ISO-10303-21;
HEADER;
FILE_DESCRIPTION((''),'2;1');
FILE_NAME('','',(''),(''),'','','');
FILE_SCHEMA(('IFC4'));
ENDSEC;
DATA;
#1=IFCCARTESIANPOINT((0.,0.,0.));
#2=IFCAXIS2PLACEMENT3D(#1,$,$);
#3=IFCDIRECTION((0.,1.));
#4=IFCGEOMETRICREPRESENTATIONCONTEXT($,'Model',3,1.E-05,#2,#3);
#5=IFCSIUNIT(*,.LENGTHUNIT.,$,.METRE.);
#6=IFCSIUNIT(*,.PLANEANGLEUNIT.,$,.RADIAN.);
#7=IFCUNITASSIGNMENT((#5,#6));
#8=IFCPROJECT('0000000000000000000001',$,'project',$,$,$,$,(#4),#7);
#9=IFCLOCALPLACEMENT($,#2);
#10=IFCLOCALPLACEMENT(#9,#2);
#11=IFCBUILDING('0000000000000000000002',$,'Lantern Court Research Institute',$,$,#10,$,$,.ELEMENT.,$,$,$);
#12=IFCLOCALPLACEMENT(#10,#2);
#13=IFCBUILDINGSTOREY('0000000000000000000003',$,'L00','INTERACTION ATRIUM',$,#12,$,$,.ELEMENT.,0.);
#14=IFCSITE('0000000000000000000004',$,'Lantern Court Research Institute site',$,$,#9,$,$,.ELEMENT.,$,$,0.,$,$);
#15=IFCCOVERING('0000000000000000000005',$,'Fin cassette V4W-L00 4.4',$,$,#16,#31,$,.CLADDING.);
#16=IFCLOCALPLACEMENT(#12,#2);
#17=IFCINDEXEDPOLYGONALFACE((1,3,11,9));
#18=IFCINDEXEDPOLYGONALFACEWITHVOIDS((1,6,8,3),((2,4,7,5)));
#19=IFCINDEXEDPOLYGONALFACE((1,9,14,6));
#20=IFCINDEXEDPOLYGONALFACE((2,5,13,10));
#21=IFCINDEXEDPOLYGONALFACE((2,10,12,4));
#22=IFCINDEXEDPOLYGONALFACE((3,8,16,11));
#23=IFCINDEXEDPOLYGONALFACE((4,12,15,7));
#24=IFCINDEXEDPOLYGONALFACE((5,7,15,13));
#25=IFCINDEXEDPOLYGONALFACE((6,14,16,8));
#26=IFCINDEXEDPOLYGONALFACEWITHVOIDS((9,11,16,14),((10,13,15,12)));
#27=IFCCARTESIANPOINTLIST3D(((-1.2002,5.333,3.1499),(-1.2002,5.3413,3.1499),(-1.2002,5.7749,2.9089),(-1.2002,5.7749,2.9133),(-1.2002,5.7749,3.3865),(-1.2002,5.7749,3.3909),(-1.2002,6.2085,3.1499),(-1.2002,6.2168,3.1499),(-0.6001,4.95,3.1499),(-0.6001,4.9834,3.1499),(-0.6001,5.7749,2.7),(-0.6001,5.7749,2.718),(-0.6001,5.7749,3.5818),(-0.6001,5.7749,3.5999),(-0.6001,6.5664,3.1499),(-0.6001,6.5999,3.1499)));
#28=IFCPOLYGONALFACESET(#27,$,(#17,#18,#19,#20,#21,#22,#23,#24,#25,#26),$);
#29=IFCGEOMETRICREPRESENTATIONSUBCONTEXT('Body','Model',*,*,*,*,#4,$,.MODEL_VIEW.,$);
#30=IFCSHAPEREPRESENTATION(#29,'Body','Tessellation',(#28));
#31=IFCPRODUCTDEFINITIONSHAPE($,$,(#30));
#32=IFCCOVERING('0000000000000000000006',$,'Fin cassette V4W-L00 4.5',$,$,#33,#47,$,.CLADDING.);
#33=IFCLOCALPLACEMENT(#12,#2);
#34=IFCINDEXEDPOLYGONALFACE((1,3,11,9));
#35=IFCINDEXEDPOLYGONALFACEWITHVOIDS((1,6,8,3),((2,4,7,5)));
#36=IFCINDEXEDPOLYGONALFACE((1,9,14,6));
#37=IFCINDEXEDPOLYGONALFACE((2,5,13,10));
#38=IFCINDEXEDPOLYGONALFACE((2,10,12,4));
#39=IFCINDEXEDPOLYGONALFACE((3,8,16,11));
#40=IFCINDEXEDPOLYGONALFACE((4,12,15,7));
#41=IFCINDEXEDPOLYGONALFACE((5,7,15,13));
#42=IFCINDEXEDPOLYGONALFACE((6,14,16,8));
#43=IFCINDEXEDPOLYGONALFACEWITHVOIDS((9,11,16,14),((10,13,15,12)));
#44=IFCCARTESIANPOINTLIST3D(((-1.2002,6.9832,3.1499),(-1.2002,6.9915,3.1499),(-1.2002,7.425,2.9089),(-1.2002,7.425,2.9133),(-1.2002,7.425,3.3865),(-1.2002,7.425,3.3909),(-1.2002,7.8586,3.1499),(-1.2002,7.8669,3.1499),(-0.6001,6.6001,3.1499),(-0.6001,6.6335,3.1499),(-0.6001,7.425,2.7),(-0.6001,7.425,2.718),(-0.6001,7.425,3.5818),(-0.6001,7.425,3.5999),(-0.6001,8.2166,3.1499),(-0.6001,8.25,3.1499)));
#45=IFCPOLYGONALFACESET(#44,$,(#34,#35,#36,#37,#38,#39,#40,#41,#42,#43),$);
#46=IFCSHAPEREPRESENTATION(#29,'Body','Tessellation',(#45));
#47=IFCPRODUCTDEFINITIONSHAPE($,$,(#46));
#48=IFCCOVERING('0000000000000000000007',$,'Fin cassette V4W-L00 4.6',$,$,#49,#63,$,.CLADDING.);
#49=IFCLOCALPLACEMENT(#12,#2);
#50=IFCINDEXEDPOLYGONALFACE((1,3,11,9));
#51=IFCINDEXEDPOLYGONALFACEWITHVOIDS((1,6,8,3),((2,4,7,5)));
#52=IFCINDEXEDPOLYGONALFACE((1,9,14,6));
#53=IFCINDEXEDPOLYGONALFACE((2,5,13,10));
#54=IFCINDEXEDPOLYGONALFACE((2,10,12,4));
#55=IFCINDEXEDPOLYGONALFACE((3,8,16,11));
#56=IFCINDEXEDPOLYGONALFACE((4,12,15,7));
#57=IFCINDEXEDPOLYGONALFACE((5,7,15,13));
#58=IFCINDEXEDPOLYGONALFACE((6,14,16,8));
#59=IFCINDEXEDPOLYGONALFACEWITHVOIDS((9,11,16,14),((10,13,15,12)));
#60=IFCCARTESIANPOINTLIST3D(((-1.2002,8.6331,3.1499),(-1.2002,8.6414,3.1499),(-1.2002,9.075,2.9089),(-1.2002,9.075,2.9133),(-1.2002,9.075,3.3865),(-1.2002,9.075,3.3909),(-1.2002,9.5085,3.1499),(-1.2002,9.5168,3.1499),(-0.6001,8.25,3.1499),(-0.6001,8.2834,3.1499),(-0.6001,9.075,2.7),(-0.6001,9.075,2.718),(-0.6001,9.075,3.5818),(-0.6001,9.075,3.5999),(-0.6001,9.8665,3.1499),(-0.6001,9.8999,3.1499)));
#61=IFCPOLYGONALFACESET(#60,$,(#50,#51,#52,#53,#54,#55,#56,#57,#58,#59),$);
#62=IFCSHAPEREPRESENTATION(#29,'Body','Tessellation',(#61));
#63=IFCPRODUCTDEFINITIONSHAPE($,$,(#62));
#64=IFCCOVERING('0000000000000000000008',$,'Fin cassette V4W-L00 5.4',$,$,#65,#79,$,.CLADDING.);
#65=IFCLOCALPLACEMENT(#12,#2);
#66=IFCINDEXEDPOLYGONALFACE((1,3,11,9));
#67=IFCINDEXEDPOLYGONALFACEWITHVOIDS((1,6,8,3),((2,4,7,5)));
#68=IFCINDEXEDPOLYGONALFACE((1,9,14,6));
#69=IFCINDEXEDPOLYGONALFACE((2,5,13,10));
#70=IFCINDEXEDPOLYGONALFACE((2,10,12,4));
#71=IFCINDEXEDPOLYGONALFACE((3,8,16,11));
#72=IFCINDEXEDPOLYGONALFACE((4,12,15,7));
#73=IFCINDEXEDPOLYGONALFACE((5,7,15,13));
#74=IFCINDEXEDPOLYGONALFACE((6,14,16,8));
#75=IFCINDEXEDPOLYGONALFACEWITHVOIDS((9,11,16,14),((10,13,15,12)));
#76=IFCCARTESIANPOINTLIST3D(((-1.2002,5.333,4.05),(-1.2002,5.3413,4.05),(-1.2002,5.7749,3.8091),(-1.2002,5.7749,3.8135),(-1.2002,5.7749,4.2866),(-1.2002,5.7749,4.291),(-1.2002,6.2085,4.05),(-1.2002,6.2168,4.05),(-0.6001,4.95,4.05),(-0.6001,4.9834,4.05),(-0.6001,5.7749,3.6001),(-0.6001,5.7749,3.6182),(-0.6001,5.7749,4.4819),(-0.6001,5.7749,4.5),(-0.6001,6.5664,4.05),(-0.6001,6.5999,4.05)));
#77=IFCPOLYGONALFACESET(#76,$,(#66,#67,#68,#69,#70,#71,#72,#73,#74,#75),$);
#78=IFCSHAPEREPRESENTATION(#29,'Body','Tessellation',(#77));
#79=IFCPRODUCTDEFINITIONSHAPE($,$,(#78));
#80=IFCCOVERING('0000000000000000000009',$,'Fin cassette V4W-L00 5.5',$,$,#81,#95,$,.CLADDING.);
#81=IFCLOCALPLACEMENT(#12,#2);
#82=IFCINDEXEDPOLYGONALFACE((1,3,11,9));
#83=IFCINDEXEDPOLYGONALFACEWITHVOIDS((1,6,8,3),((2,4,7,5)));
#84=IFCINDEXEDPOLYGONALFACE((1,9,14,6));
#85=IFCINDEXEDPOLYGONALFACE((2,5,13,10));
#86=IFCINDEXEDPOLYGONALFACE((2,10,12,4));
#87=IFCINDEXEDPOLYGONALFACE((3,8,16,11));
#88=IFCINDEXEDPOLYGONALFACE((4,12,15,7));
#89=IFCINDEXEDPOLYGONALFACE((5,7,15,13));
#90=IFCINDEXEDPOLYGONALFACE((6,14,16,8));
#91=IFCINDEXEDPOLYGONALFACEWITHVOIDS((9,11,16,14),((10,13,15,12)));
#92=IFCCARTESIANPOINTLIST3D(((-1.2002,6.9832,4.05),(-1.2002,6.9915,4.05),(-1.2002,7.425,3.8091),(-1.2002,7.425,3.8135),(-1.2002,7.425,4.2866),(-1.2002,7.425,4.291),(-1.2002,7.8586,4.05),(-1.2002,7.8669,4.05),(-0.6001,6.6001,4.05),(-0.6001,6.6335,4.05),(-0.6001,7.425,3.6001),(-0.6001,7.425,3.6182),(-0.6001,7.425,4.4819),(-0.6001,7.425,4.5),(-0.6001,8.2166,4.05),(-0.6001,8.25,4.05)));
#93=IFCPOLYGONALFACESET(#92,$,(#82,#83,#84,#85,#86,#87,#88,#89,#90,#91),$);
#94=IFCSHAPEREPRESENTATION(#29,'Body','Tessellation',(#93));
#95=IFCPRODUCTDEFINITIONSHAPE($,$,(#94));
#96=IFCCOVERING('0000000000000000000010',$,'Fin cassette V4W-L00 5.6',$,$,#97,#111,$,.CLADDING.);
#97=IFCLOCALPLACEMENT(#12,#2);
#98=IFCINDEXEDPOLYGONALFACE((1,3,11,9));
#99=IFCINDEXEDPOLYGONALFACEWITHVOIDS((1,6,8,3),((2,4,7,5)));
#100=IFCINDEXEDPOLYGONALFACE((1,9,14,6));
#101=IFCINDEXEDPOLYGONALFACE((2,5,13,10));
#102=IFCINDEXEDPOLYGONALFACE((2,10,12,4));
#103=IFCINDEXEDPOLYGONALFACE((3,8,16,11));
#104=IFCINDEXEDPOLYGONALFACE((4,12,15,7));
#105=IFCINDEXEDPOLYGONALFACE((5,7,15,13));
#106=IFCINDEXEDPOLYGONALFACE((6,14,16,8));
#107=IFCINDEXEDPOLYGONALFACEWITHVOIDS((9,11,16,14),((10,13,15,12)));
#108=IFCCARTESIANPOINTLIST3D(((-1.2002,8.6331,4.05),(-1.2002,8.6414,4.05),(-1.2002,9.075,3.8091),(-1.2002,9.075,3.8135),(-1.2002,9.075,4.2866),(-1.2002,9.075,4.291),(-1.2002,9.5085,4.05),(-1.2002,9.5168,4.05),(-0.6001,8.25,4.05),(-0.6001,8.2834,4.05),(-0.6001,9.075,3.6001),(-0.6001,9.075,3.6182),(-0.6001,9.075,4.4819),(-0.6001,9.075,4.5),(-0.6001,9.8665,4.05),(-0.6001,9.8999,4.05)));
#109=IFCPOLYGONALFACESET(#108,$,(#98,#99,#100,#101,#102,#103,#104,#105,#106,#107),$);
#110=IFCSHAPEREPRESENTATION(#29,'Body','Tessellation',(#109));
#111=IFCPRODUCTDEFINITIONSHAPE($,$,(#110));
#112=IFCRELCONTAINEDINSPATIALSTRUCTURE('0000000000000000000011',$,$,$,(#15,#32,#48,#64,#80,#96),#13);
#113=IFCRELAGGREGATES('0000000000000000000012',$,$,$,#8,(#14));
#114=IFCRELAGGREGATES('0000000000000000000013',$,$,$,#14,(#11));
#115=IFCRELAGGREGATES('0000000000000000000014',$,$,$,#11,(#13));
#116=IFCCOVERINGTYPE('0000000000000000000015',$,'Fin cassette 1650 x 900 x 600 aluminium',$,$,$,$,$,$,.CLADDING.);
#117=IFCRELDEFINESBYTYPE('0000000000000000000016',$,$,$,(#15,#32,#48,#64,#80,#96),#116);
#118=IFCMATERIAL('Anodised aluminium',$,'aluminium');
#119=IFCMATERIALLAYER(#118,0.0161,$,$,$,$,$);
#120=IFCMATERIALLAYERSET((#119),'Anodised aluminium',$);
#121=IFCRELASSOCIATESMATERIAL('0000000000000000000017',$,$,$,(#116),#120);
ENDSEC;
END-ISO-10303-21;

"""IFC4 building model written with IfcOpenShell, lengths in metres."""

from ifc_helpers import new_model, entity, si_unit, direction, frame, origin, place, context, subcontext, project, spatial, material, layer, layer_set, type_object, element, save


model = new_model("IFC4")

# Units and contexts
model_context = context("Model", 3, precision=1e-05, world=origin(), true_north=direction((0.0, 1.0)))
body_context = subcontext(model_context, "Body", "Model", "MODEL_VIEW")
ifc_project = project(units=[si_unit("LENGTHUNIT", "METRE"), si_unit("PLANEANGLEUNIT", "RADIAN")], contexts=[model_context])

# Site, building, storey
site_placement = place(None, origin())
site = spatial("IfcSite", under=ifc_project, at=site_placement, Name="Lantern Court Research Institute site", CompositionType="ELEMENT", RefElevation=0.0)
building_placement = place(site_placement, origin())
building = spatial("IfcBuilding", under=site, at=building_placement, Name="Lantern Court Research Institute", CompositionType="ELEMENT")
storey_placement = place(building_placement, origin())
storey = spatial("IfcBuildingStorey", under=building, at=storey_placement, Name="L00", Description="INTERACTION ATRIUM", CompositionType="ELEMENT", Elevation=0.0)

# Coverings
ifc_material_1 = material(Name="Anodised aluminium", Category="aluminium")
ifc_layer_1 = layer(ifc_material_1, 0.0161)
ifc_layer_set_1 = layer_set([ifc_layer_1], Name="Anodised aluminium")
covering_type_1 = type_object("IfcCoveringType", Name="Fin cassette 1650 x 900 x 600 aluminium", PredefinedType="CLADDING", material=ifc_layer_set_1)
covering_1_placement = place(storey_placement, frame((-0.6001, 5.7749, 3.1499), z_axis=(-1.0, 0.0, 0.0), x_axis=(0.0, -1.0, 0.0)))
cartesian_point_1 = entity("IfcCartesianPoint", [0.825, 0.0])
cartesian_point_2 = entity("IfcCartesianPoint", [0.7915, 0.0])
cartesian_point_3 = entity("IfcCartesianPoint", [0.4419, 0.0])
cartesian_point_4 = entity("IfcCartesianPoint", [0.4336, 0.0])
element("IfcCovering", 1, at=covering_1_placement, inside=storey, type_object=covering_type_1, Name="Fin cassette V4W-L00 4.4", PredefinedType="CLADDING", context=body_context, shape_type="SweptSolid", body=[
    entity("IfcExtrudedAreaSolidTapered", entity("IfcArbitraryProfileDefWithVoids", "AREA", None, entity("IfcPolyline", [cartesian_point_1, entity("IfcCartesianPoint", [0.0, 0.45]), entity("IfcCartesianPoint", [-0.825, 0.0]), entity("IfcCartesianPoint", [0.0, -0.45]), cartesian_point_1]), [entity("IfcPolyline", [cartesian_point_2, entity("IfcCartesianPoint", [0.0, 0.4319]), entity("IfcCartesianPoint", [-0.7915, 0.0]), entity("IfcCartesianPoint", [0.0, -0.4319]), cartesian_point_2])]), entity("IfcAxis2Placement3D", entity("IfcCartesianPoint", [0.0, 0.0, 0.0])), entity("IfcDirection", [0.0, 0.0, 1.0]), 0.6001, entity("IfcArbitraryProfileDefWithVoids", "AREA", None, entity("IfcPolyline", [cartesian_point_3, entity("IfcCartesianPoint", [0.0, 0.241]), entity("IfcCartesianPoint", [-0.4419, 0.0]), entity("IfcCartesianPoint", [0.0, -0.241]), cartesian_point_3]), [entity("IfcPolyline", [cartesian_point_4, entity("IfcCartesianPoint", [0.0, 0.2366]), entity("IfcCartesianPoint", [-0.4336, 0.0]), entity("IfcCartesianPoint", [0.0, -0.2366]), cartesian_point_4])])),
])
covering_2_placement = place(storey_placement, frame((-0.6001, 7.425, 3.1499), z_axis=(-1.0, 0.0, 0.0), x_axis=(0.0, -1.0, 0.0)))
cartesian_point_5 = entity("IfcCartesianPoint", [0.825, 0.0])
cartesian_point_6 = entity("IfcCartesianPoint", [0.7915, 0.0])
cartesian_point_7 = entity("IfcCartesianPoint", [0.4419, 0.0])
cartesian_point_8 = entity("IfcCartesianPoint", [0.4336, 0.0])
element("IfcCovering", 2, at=covering_2_placement, inside=storey, type_object=covering_type_1, Name="Fin cassette V4W-L00 4.5", PredefinedType="CLADDING", context=body_context, shape_type="SweptSolid", body=[
    entity("IfcExtrudedAreaSolidTapered", entity("IfcArbitraryProfileDefWithVoids", "AREA", None, entity("IfcPolyline", [cartesian_point_5, entity("IfcCartesianPoint", [0.0, 0.45]), entity("IfcCartesianPoint", [-0.825, 0.0]), entity("IfcCartesianPoint", [0.0, -0.45]), cartesian_point_5]), [entity("IfcPolyline", [cartesian_point_6, entity("IfcCartesianPoint", [0.0, 0.4319]), entity("IfcCartesianPoint", [-0.7915, 0.0]), entity("IfcCartesianPoint", [0.0, -0.4319]), cartesian_point_6])]), entity("IfcAxis2Placement3D", entity("IfcCartesianPoint", [0.0, 0.0, 0.0])), entity("IfcDirection", [0.0, 0.0, 1.0]), 0.6001, entity("IfcArbitraryProfileDefWithVoids", "AREA", None, entity("IfcPolyline", [cartesian_point_7, entity("IfcCartesianPoint", [0.0, 0.241]), entity("IfcCartesianPoint", [-0.4419, 0.0]), entity("IfcCartesianPoint", [0.0, -0.241]), cartesian_point_7]), [entity("IfcPolyline", [cartesian_point_8, entity("IfcCartesianPoint", [0.0, 0.2366]), entity("IfcCartesianPoint", [-0.4336, 0.0]), entity("IfcCartesianPoint", [0.0, -0.2366]), cartesian_point_8])])),
])
covering_3_placement = place(storey_placement, frame((-0.6001, 9.075, 3.1499), z_axis=(-1.0, 0.0, 0.0), x_axis=(0.0, -1.0, 0.0)))
cartesian_point_9 = entity("IfcCartesianPoint", [0.825, 0.0])
cartesian_point_10 = entity("IfcCartesianPoint", [0.7915, 0.0])
cartesian_point_11 = entity("IfcCartesianPoint", [0.4419, 0.0])
cartesian_point_12 = entity("IfcCartesianPoint", [0.4336, 0.0])
element("IfcCovering", 3, at=covering_3_placement, inside=storey, type_object=covering_type_1, Name="Fin cassette V4W-L00 4.6", PredefinedType="CLADDING", context=body_context, shape_type="SweptSolid", body=[
    entity("IfcExtrudedAreaSolidTapered", entity("IfcArbitraryProfileDefWithVoids", "AREA", None, entity("IfcPolyline", [cartesian_point_9, entity("IfcCartesianPoint", [0.0, 0.45]), entity("IfcCartesianPoint", [-0.825, 0.0]), entity("IfcCartesianPoint", [0.0, -0.45]), cartesian_point_9]), [entity("IfcPolyline", [cartesian_point_10, entity("IfcCartesianPoint", [0.0, 0.4319]), entity("IfcCartesianPoint", [-0.7915, 0.0]), entity("IfcCartesianPoint", [0.0, -0.4319]), cartesian_point_10])]), entity("IfcAxis2Placement3D", entity("IfcCartesianPoint", [0.0, 0.0, 0.0])), entity("IfcDirection", [0.0, 0.0, 1.0]), 0.6001, entity("IfcArbitraryProfileDefWithVoids", "AREA", None, entity("IfcPolyline", [cartesian_point_11, entity("IfcCartesianPoint", [0.0, 0.241]), entity("IfcCartesianPoint", [-0.4419, 0.0]), entity("IfcCartesianPoint", [0.0, -0.241]), cartesian_point_11]), [entity("IfcPolyline", [cartesian_point_12, entity("IfcCartesianPoint", [0.0, 0.2366]), entity("IfcCartesianPoint", [-0.4336, 0.0]), entity("IfcCartesianPoint", [0.0, -0.2366]), cartesian_point_12])])),
])
covering_4_placement = place(storey_placement, frame((-0.6001, 5.7749, 4.05), z_axis=(-1.0, 0.0, 0.0), x_axis=(0.0, -1.0, 0.0)))
cartesian_point_13 = entity("IfcCartesianPoint", [0.825, 0.0])
cartesian_point_14 = entity("IfcCartesianPoint", [0.7915, 0.0])
cartesian_point_15 = entity("IfcCartesianPoint", [0.4419, 0.0])
cartesian_point_16 = entity("IfcCartesianPoint", [0.4336, 0.0])
element("IfcCovering", 4, at=covering_4_placement, inside=storey, type_object=covering_type_1, Name="Fin cassette V4W-L00 5.4", PredefinedType="CLADDING", context=body_context, shape_type="SweptSolid", body=[
    entity("IfcExtrudedAreaSolidTapered", entity("IfcArbitraryProfileDefWithVoids", "AREA", None, entity("IfcPolyline", [cartesian_point_13, entity("IfcCartesianPoint", [0.0, 0.45]), entity("IfcCartesianPoint", [-0.825, 0.0]), entity("IfcCartesianPoint", [0.0, -0.45]), cartesian_point_13]), [entity("IfcPolyline", [cartesian_point_14, entity("IfcCartesianPoint", [0.0, 0.4319]), entity("IfcCartesianPoint", [-0.7915, 0.0]), entity("IfcCartesianPoint", [0.0, -0.4319]), cartesian_point_14])]), entity("IfcAxis2Placement3D", entity("IfcCartesianPoint", [0.0, 0.0, 0.0])), entity("IfcDirection", [0.0, 0.0, 1.0]), 0.6001, entity("IfcArbitraryProfileDefWithVoids", "AREA", None, entity("IfcPolyline", [cartesian_point_15, entity("IfcCartesianPoint", [0.0, 0.241]), entity("IfcCartesianPoint", [-0.4419, 0.0]), entity("IfcCartesianPoint", [0.0, -0.241]), cartesian_point_15]), [entity("IfcPolyline", [cartesian_point_16, entity("IfcCartesianPoint", [0.0, 0.2366]), entity("IfcCartesianPoint", [-0.4336, 0.0]), entity("IfcCartesianPoint", [0.0, -0.2366]), cartesian_point_16])])),
])
covering_5_placement = place(storey_placement, frame((-0.6001, 7.425, 4.05), z_axis=(-1.0, 0.0, 0.0), x_axis=(0.0, -1.0, 0.0)))
cartesian_point_17 = entity("IfcCartesianPoint", [0.825, 0.0])
cartesian_point_18 = entity("IfcCartesianPoint", [0.7915, 0.0])
cartesian_point_19 = entity("IfcCartesianPoint", [0.4419, 0.0])
cartesian_point_20 = entity("IfcCartesianPoint", [0.4336, 0.0])
element("IfcCovering", 5, at=covering_5_placement, inside=storey, type_object=covering_type_1, Name="Fin cassette V4W-L00 5.5", PredefinedType="CLADDING", context=body_context, shape_type="SweptSolid", body=[
    entity("IfcExtrudedAreaSolidTapered", entity("IfcArbitraryProfileDefWithVoids", "AREA", None, entity("IfcPolyline", [cartesian_point_17, entity("IfcCartesianPoint", [0.0, 0.45]), entity("IfcCartesianPoint", [-0.825, 0.0]), entity("IfcCartesianPoint", [0.0, -0.45]), cartesian_point_17]), [entity("IfcPolyline", [cartesian_point_18, entity("IfcCartesianPoint", [0.0, 0.4319]), entity("IfcCartesianPoint", [-0.7915, 0.0]), entity("IfcCartesianPoint", [0.0, -0.4319]), cartesian_point_18])]), entity("IfcAxis2Placement3D", entity("IfcCartesianPoint", [0.0, 0.0, 0.0])), entity("IfcDirection", [0.0, 0.0, 1.0]), 0.6001, entity("IfcArbitraryProfileDefWithVoids", "AREA", None, entity("IfcPolyline", [cartesian_point_19, entity("IfcCartesianPoint", [0.0, 0.241]), entity("IfcCartesianPoint", [-0.4419, 0.0]), entity("IfcCartesianPoint", [0.0, -0.241]), cartesian_point_19]), [entity("IfcPolyline", [cartesian_point_20, entity("IfcCartesianPoint", [0.0, 0.2366]), entity("IfcCartesianPoint", [-0.4336, 0.0]), entity("IfcCartesianPoint", [0.0, -0.2366]), cartesian_point_20])])),
])
covering_6_placement = place(storey_placement, frame((-0.6001, 9.075, 4.05), z_axis=(-1.0, 0.0, 0.0), x_axis=(0.0, -1.0, 0.0)))
cartesian_point_21 = entity("IfcCartesianPoint", [0.825, 0.0])
cartesian_point_22 = entity("IfcCartesianPoint", [0.7915, 0.0])
cartesian_point_23 = entity("IfcCartesianPoint", [0.4419, 0.0])
cartesian_point_24 = entity("IfcCartesianPoint", [0.4336, 0.0])
element("IfcCovering", 6, at=covering_6_placement, inside=storey, type_object=covering_type_1, Name="Fin cassette V4W-L00 5.6", PredefinedType="CLADDING", context=body_context, shape_type="SweptSolid", body=[
    entity("IfcExtrudedAreaSolidTapered", entity("IfcArbitraryProfileDefWithVoids", "AREA", None, entity("IfcPolyline", [cartesian_point_21, entity("IfcCartesianPoint", [0.0, 0.45]), entity("IfcCartesianPoint", [-0.825, 0.0]), entity("IfcCartesianPoint", [0.0, -0.45]), cartesian_point_21]), [entity("IfcPolyline", [cartesian_point_22, entity("IfcCartesianPoint", [0.0, 0.4319]), entity("IfcCartesianPoint", [-0.7915, 0.0]), entity("IfcCartesianPoint", [0.0, -0.4319]), cartesian_point_22])]), entity("IfcAxis2Placement3D", entity("IfcCartesianPoint", [0.0, 0.0, 0.0])), entity("IfcDirection", [0.0, 0.0, 1.0]), 0.6001, entity("IfcArbitraryProfileDefWithVoids", "AREA", None, entity("IfcPolyline", [cartesian_point_23, entity("IfcCartesianPoint", [0.0, 0.241]), entity("IfcCartesianPoint", [-0.4419, 0.0]), entity("IfcCartesianPoint", [0.0, -0.241]), cartesian_point_23]), [entity("IfcPolyline", [cartesian_point_24, entity("IfcCartesianPoint", [0.0, 0.2366]), entity("IfcCartesianPoint", [-0.4336, 0.0]), entity("IfcCartesianPoint", [0.0, -0.2366]), cartesian_point_24])])),
])

save(model, "model.ifc")
